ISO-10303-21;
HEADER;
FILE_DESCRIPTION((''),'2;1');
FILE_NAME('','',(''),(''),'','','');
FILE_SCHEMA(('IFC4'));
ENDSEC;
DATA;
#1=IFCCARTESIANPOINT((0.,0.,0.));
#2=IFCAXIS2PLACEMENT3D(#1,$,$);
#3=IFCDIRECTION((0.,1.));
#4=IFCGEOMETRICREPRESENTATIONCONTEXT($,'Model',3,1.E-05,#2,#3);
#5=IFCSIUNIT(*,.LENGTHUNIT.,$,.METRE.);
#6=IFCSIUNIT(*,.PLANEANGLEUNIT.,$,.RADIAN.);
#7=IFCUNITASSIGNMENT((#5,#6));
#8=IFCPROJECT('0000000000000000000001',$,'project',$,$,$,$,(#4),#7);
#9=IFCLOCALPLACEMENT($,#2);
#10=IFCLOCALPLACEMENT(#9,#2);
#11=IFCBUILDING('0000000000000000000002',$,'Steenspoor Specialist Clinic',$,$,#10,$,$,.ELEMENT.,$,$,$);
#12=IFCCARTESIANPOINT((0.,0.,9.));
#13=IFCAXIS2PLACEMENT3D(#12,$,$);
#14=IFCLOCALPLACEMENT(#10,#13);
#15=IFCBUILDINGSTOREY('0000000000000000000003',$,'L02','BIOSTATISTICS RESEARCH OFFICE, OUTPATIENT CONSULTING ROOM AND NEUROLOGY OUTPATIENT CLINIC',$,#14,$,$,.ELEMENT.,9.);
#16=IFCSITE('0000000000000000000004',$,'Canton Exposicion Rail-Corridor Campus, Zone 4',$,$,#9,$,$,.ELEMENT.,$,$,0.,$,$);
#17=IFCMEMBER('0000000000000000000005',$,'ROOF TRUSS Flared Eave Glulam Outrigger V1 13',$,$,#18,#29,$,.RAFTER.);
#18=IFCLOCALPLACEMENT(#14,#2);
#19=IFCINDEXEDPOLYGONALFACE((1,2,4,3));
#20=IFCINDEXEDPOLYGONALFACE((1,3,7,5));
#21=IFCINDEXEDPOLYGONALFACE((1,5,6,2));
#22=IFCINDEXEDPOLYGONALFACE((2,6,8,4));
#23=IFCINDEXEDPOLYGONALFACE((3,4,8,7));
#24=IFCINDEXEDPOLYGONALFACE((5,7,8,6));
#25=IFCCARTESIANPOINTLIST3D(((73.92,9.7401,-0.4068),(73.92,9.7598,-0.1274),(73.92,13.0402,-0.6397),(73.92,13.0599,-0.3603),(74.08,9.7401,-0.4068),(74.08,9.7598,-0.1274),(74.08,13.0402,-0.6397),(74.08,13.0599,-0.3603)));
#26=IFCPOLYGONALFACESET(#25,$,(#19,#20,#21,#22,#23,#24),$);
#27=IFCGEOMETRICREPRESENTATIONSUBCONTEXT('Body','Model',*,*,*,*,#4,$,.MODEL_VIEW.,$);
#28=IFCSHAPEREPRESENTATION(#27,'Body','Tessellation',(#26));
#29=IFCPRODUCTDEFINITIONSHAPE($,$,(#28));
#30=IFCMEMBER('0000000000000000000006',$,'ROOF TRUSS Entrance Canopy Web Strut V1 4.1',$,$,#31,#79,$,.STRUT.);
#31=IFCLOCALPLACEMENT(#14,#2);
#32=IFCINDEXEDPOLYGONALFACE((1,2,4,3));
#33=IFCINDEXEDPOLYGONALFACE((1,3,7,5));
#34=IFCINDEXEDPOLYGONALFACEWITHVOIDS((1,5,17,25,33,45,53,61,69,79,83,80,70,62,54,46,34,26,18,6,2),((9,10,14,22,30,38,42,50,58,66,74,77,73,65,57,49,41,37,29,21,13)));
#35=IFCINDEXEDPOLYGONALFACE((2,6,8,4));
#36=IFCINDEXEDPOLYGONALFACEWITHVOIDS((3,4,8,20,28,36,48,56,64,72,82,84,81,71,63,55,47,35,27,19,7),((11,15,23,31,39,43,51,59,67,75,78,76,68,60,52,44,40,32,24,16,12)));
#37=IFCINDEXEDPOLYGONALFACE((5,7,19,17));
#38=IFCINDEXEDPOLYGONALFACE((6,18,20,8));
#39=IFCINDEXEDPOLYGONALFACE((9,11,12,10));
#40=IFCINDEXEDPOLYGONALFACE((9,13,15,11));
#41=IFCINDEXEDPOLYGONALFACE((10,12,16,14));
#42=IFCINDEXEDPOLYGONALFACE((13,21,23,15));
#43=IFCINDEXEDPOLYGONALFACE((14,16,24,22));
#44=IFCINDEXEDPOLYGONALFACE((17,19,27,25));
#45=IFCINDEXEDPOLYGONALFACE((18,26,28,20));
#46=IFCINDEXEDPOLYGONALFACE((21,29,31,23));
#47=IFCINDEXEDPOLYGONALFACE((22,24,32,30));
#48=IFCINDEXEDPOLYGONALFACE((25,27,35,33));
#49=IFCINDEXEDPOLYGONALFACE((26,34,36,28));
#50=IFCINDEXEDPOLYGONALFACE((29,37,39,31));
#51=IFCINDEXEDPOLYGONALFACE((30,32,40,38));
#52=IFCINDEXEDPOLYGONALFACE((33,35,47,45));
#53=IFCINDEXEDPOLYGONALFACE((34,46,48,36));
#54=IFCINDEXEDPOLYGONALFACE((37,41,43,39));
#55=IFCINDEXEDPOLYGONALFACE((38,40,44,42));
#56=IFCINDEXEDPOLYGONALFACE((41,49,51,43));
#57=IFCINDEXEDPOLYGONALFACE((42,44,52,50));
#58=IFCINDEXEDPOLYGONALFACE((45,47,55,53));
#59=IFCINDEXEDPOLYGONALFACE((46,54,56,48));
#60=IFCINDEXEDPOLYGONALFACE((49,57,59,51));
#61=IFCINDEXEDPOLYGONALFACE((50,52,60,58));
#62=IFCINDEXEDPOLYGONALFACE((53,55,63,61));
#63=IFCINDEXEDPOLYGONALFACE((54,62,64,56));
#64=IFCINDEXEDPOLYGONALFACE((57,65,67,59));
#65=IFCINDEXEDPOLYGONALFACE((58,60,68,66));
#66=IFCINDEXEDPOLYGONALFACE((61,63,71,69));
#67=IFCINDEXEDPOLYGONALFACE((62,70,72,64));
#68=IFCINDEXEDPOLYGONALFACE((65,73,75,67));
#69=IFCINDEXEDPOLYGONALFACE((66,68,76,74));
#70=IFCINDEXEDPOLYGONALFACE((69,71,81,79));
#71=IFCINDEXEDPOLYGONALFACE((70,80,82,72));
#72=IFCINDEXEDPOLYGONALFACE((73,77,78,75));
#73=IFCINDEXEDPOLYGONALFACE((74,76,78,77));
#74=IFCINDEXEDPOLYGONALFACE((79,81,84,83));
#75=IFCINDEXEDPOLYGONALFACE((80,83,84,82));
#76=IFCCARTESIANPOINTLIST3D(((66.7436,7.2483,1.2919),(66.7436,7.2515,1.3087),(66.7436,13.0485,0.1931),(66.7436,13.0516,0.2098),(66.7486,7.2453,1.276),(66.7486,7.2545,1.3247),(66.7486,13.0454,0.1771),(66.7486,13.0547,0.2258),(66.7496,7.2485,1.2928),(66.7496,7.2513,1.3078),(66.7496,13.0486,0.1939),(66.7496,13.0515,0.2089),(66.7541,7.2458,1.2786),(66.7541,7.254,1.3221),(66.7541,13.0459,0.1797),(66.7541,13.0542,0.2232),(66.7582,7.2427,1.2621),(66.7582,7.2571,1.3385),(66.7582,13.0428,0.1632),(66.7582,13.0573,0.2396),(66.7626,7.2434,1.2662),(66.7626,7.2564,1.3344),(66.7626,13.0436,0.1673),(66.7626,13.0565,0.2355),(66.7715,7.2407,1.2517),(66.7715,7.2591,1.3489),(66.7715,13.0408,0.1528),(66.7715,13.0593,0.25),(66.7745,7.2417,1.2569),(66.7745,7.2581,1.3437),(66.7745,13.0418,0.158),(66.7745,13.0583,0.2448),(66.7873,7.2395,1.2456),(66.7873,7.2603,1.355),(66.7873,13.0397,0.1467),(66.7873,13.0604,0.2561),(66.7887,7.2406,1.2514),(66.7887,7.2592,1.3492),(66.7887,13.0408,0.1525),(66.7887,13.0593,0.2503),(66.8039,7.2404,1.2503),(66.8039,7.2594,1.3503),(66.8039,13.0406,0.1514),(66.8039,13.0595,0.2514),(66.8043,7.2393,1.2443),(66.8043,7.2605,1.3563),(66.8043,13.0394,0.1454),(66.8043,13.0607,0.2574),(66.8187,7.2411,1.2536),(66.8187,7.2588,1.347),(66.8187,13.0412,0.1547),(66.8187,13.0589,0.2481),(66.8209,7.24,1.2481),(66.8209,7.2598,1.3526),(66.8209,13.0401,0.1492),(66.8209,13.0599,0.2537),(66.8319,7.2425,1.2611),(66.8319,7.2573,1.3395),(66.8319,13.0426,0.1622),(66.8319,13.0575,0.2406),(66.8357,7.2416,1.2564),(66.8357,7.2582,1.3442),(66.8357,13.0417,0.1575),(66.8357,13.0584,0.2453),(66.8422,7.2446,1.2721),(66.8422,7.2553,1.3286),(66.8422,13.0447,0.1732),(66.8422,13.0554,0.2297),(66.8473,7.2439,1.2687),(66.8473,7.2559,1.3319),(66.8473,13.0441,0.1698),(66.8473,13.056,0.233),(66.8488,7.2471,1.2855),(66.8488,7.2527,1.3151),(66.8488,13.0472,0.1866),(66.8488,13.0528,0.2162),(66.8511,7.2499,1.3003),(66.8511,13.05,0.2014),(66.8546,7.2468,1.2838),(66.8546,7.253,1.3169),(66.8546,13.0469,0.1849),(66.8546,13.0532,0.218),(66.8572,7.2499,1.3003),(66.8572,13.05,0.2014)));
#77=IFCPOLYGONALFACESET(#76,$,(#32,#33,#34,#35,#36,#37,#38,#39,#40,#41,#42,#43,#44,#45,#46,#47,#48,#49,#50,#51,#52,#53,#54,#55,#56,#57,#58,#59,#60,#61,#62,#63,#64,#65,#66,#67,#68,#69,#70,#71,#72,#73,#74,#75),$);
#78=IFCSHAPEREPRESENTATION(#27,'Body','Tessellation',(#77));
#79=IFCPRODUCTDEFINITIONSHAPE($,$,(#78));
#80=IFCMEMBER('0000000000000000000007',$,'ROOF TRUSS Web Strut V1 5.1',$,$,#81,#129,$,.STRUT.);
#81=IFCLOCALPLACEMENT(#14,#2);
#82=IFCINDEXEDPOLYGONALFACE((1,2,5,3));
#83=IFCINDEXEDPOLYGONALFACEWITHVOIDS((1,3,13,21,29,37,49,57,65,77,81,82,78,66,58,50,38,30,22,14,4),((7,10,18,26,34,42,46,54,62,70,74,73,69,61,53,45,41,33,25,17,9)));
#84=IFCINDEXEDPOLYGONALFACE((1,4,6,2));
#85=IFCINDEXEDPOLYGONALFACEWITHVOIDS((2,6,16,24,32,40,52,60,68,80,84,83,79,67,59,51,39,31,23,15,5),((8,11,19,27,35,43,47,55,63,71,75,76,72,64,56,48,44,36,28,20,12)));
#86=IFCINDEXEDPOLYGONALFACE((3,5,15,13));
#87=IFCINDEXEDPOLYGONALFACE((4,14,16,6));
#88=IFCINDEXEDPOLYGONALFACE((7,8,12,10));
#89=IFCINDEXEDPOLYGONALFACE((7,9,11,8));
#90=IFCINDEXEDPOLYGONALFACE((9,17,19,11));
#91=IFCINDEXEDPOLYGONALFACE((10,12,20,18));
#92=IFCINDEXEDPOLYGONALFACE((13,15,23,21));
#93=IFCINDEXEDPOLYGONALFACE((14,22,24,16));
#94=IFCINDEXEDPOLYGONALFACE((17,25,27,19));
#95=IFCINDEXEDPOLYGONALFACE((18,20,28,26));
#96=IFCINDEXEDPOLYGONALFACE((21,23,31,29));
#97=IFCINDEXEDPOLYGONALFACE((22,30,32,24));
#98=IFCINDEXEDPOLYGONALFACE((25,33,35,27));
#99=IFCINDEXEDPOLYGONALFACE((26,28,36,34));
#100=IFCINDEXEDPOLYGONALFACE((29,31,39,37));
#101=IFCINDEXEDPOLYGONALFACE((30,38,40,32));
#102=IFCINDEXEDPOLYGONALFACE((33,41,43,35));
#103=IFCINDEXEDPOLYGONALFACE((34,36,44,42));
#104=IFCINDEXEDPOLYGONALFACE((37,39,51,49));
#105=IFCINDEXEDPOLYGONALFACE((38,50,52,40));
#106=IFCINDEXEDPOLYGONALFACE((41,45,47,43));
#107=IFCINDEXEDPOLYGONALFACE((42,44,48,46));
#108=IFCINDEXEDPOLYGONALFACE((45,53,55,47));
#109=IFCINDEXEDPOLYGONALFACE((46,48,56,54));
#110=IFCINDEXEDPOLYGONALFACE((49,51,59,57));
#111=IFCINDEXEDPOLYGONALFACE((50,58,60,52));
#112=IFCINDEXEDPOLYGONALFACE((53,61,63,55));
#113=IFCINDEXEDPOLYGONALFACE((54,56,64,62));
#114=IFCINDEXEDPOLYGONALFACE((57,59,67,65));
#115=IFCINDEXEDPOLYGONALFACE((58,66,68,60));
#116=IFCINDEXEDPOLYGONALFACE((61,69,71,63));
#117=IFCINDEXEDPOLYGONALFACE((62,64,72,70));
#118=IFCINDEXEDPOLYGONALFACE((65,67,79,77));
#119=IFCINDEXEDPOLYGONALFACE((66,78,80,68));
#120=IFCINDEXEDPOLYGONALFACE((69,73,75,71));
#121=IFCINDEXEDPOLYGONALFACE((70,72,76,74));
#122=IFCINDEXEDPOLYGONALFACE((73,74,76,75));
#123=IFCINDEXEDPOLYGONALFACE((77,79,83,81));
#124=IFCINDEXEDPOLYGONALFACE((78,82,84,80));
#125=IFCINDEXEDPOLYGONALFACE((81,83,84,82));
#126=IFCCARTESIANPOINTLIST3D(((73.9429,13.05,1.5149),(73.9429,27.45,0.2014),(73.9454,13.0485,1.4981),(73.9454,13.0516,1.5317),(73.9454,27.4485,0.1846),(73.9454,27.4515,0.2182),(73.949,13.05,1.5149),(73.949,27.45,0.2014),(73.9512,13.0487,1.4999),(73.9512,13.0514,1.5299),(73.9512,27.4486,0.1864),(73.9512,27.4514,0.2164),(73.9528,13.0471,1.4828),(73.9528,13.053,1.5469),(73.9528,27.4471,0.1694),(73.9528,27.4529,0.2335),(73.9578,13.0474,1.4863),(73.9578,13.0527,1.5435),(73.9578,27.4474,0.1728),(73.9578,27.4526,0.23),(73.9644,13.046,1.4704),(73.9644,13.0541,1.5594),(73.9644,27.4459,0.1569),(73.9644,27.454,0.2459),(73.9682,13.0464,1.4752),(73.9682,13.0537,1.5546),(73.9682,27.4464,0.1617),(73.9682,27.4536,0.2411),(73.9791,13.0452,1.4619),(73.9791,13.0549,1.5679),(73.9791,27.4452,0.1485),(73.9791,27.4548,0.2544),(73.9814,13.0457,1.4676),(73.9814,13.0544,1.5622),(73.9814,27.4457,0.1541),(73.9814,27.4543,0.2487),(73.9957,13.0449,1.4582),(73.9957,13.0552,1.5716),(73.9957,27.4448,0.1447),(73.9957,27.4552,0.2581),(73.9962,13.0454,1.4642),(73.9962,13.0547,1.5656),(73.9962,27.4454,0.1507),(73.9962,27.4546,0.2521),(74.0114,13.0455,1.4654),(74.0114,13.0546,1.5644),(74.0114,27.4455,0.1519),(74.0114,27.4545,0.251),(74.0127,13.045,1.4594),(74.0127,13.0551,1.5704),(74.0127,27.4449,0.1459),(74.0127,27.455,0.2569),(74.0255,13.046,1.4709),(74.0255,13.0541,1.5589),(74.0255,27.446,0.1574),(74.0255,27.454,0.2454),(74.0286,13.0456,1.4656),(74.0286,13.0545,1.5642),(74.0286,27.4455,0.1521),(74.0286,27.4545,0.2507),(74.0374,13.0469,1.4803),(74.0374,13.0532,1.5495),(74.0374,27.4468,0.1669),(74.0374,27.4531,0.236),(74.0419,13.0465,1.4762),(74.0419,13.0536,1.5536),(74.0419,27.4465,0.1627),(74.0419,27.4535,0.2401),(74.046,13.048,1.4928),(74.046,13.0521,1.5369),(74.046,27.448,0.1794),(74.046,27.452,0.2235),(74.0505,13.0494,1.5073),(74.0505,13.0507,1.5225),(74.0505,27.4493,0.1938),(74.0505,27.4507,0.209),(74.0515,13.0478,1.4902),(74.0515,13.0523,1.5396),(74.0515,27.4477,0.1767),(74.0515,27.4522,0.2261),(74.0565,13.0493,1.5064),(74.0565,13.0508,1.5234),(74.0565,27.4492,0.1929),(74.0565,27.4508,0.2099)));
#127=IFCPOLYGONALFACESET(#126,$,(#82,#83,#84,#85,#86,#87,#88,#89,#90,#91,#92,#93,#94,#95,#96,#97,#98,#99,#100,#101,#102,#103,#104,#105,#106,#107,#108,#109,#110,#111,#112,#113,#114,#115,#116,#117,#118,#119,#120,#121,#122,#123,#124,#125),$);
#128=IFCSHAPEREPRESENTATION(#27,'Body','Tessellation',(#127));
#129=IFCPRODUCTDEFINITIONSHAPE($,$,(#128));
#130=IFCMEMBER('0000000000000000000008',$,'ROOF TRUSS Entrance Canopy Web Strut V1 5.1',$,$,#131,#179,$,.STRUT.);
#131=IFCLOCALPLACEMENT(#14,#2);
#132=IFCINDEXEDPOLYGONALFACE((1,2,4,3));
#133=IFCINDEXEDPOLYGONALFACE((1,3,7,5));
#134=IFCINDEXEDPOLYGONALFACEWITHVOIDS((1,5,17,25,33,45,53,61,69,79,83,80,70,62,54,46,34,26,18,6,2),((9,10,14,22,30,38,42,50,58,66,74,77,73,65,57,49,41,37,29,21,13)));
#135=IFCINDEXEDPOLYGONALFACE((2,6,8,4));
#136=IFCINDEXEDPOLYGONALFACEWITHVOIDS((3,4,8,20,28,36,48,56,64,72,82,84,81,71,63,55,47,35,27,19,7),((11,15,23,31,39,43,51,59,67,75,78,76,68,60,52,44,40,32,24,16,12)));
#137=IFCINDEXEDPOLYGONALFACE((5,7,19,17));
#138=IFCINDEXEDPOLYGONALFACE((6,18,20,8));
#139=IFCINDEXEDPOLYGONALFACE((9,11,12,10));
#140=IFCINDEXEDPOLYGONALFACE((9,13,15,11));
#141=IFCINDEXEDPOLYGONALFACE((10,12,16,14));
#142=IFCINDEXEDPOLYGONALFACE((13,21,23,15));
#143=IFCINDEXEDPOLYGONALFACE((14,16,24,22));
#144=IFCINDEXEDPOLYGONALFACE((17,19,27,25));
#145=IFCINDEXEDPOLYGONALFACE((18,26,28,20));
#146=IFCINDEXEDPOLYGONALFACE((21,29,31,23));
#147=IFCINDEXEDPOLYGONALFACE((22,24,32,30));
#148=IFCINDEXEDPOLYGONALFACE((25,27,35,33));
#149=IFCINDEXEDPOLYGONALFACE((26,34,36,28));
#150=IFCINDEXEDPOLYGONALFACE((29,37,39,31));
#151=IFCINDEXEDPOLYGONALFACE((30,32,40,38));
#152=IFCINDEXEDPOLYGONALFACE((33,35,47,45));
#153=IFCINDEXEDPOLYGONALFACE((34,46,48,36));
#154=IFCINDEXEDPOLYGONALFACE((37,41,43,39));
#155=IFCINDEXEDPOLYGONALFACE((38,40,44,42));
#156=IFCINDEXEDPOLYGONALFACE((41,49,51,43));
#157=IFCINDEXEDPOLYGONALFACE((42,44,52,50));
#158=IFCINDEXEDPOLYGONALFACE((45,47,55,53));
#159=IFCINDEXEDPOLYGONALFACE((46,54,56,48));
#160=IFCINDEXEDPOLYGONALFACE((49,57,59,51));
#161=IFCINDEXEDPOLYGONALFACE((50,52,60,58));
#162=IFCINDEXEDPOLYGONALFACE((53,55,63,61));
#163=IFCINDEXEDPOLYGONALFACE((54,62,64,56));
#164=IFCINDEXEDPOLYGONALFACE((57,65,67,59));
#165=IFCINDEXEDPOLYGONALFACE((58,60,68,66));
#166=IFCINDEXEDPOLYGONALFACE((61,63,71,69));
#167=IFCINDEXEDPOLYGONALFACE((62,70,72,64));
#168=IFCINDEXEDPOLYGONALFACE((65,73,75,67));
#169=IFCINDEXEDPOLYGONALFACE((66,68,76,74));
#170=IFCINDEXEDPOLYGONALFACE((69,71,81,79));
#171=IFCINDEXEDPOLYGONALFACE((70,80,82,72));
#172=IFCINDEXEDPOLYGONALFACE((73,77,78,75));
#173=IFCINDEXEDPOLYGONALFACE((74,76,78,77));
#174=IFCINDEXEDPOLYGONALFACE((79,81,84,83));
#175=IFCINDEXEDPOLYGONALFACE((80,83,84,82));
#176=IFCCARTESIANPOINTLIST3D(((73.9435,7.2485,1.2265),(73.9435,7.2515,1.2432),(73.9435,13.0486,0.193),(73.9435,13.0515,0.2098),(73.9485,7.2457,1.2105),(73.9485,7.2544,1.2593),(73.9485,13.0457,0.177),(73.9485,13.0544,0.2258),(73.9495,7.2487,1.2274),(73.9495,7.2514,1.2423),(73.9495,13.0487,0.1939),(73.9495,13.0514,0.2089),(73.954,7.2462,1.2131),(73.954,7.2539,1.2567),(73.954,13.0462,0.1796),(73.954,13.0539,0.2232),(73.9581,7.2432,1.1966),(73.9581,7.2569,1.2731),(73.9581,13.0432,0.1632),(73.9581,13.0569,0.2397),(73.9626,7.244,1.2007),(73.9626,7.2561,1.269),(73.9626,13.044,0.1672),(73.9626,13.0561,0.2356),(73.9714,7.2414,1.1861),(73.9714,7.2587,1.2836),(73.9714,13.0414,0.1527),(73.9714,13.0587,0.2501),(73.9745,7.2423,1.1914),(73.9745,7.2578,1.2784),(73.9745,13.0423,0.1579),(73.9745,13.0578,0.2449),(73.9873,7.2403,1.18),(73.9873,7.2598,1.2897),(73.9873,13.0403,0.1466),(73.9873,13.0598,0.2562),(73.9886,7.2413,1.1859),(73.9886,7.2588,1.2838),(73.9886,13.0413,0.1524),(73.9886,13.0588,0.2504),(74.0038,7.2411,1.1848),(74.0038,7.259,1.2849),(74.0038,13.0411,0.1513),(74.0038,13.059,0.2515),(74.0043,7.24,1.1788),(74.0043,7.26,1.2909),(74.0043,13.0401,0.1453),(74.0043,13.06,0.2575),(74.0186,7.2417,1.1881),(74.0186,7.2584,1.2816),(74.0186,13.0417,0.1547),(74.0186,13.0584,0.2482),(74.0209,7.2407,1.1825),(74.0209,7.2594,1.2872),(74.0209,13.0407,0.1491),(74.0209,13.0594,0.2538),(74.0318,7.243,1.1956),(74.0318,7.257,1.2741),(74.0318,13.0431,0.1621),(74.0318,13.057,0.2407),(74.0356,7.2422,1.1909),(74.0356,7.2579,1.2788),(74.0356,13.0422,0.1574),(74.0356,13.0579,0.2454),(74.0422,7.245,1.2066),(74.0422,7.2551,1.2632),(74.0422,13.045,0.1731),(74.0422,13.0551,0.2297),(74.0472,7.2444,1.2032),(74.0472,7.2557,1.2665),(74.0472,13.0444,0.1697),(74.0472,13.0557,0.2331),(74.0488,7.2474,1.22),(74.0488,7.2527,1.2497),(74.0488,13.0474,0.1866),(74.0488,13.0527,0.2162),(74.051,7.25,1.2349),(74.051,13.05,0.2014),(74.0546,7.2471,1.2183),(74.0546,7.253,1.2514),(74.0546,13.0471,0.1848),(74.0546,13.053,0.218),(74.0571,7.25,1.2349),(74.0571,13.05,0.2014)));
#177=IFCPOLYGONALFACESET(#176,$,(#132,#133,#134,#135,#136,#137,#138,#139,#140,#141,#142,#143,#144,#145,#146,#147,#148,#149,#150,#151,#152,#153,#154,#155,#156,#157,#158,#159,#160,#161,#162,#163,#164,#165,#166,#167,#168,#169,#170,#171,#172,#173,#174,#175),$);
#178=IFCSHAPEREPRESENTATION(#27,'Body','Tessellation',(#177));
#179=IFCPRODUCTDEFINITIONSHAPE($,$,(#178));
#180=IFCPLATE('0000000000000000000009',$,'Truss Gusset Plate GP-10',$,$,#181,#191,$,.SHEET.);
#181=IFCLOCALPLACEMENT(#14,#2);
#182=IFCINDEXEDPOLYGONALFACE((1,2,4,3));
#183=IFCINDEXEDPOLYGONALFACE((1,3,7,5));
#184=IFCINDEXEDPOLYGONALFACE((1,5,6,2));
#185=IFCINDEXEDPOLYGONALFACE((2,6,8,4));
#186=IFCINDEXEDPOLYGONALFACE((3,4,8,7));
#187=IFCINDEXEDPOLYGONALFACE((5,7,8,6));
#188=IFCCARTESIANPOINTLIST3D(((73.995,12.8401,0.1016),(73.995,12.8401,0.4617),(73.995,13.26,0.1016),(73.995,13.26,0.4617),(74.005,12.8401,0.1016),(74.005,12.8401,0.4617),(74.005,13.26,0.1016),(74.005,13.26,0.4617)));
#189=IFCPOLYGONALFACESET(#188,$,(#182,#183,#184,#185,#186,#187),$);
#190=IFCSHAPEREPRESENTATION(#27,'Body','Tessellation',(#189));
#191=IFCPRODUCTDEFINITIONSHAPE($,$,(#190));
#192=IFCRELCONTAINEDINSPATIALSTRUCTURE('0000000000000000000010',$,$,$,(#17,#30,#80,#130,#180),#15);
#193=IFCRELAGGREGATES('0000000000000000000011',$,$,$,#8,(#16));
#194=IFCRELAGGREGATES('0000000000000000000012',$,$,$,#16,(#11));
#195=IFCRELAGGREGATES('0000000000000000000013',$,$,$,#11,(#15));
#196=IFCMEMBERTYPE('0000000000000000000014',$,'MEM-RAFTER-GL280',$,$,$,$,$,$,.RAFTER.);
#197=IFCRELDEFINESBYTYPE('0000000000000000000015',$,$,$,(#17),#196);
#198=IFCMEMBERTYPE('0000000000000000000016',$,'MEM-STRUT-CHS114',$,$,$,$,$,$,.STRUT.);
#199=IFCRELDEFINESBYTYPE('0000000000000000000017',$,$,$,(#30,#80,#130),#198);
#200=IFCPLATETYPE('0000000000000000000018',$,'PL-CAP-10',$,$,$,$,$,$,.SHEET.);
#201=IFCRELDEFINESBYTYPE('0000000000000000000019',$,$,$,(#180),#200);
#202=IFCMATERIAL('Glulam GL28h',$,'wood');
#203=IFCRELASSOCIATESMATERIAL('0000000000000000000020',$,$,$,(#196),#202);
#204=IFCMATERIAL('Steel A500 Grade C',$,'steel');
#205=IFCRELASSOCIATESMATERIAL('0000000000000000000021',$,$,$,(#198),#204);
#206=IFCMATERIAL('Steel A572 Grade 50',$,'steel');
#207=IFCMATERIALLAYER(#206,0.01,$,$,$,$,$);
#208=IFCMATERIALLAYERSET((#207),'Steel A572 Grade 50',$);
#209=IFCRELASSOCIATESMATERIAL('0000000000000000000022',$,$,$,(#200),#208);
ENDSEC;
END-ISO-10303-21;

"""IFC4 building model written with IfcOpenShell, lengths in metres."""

from ifc_helpers import new_model, si_unit, direction, frame, origin, origin_2d, place, context, subcontext, project, spatial, rectangle, hollow_circle, extrude, material, layer, layer_set, material_profile, profile_set, type_object, element, save


model = new_model("IFC4")

# Units and contexts
model_context = context("Model", 3, precision=1e-05, world=origin(), true_north=direction((0.0, 1.0)))
body_context = subcontext(model_context, "Body", "Model", "MODEL_VIEW")
ifc_project = project(units=[si_unit("LENGTHUNIT", "METRE"), si_unit("PLANEANGLEUNIT", "RADIAN")], contexts=[model_context])

# Site, building, storey
site_placement = place(None, origin())
site = spatial("IfcSite", under=ifc_project, at=site_placement, Name="Canton Exposicion Rail-Corridor Campus, Zone 4", CompositionType="ELEMENT", RefElevation=0.0)
building_placement = place(site_placement, origin())
building = spatial("IfcBuilding", under=site, at=building_placement, Name="Steenspoor Specialist Clinic", CompositionType="ELEMENT")
storey_placement = place(building_placement, frame((0.0, 0.0, 9.0)))
storey = spatial("IfcBuildingStorey", under=building, at=storey_placement, Name="L02", Description="BIOSTATISTICS RESEARCH OFFICE, OUTPATIENT CONSULTING ROOM AND NEUROLOGY OUTPATIENT CLINIC", CompositionType="ELEMENT", Elevation=9.0)

# Members
ifc_material_1 = material(Name="Steel A500 Grade C", Category="steel")
ifc_material_2 = material(Name="Glulam GL28h", Category="wood")
ifc_material_profile_1 = material_profile(ifc_material_2, rectangle(XDim=0.1599, YDim=0.28, at=origin_2d()), Name="GL28H-160X280")
ifc_profile_set_1 = profile_set([ifc_material_profile_1], Name="Glulam GL28h")
member_type_1 = type_object("IfcMemberType", Name="MEM-RAFTER-GL280", PredefinedType="RAFTER", material=ifc_profile_set_1)
member_1_placement = place(storey_placement, frame((74.0, 13.05, -0.5), z_axis=(0.0, -0.997519, 0.070403), x_axis=(1.0, 0.0, 0.0)))
element("IfcMember", 1, at=member_1_placement, inside=storey, type_object=member_type_1, Name="ROOF TRUSS Flared Eave Glulam Outrigger V1 13", PredefinedType="RAFTER", context=body_context, shape_type="SweptSolid", body=[
    extrude(rectangle(XDim=0.1599, YDim=0.28, at=origin_2d()), origin(), (0.0, 0.0, 1.0), 3.3083),
])
ifc_material_profile_2 = material_profile(ifc_material_1, hollow_circle(Radius=0.0571, WallThickness=0.0061, at=origin_2d()), Name="CHS114X6.0")
ifc_profile_set_2 = profile_set([ifc_material_profile_2], Name="Steel A500 Grade C")
member_type_2 = type_object("IfcMemberType", Name="MEM-STRUT-CHS114", PredefinedType="STRUT", material=ifc_profile_set_2)
member_2_placement = place(storey_placement, frame((66.8, 13.05, 0.2014), z_axis=(0.0, -0.982522, 0.186148), x_axis=(1.0, 0.0, 0.0)))
element("IfcMember", 2, at=member_2_placement, inside=storey, type_object=member_type_2, Name="ROOF TRUSS Entrance Canopy Web Strut V1 4.1", PredefinedType="STRUT", context=body_context, shape_type="SweptSolid", body=[
    extrude(hollow_circle(Radius=0.0571, WallThickness=0.0061, at=origin_2d()), origin(), (0.0, 0.0, 1.0), 5.9033),
])
member_3_placement = place(storey_placement, frame((74.0, 13.05, 1.5149), z_axis=(0.0, 0.995866, -0.090837), x_axis=(-1.0, 0.0, 0.0)))
element("IfcMember", 3, at=member_3_placement, inside=storey, type_object=member_type_2, Name="ROOF TRUSS Web Strut V1 5.1", PredefinedType="STRUT", context=body_context, shape_type="SweptSolid", body=[
    extrude(hollow_circle(Radius=0.0571, WallThickness=0.0061, at=origin_2d()), origin(), (0.0, 0.0, 1.0), 14.4597),
])
member_4_placement = place(storey_placement, frame((74.0, 13.05, 0.2014), z_axis=(0.0, -0.984494, 0.175416), x_axis=(1.0, 0.0, 0.0)))
element("IfcMember", 4, at=member_4_placement, inside=storey, type_object=member_type_2, Name="ROOF TRUSS Entrance Canopy Web Strut V1 5.1", PredefinedType="STRUT", context=body_context, shape_type="SweptSolid", body=[
    extrude(hollow_circle(Radius=0.0571, WallThickness=0.0061, at=origin_2d()), origin(), (0.0, 0.0, 1.0), 5.8914),
])

# Plate
ifc_material_3 = material(Name="Steel A572 Grade 50", Category="steel")
ifc_layer_1 = layer(ifc_material_3, 0.01)
ifc_layer_set_1 = layer_set([ifc_layer_1], Name="Steel A572 Grade 50")
plate_type_1 = type_object("IfcPlateType", Name="PL-CAP-10", PredefinedType="SHEET", material=ifc_layer_set_1)
plate_1_placement = place(storey_placement, frame((74.0, 13.05, 0.1016), z_axis=(0.0, 0.0, 1.0), x_axis=(1.0, 0.0, 0.0)))
element("IfcPlate", 5, at=plate_1_placement, inside=storey, type_object=plate_type_1, Name="Truss Gusset Plate GP-10", PredefinedType="SHEET", context=body_context, shape_type="SweptSolid", body=[
    extrude(rectangle(XDim=0.01, YDim=0.4199, at=origin_2d()), origin(), (0.0, 0.0, 1.0), 0.3601),
])

save(model, "model.ifc")
